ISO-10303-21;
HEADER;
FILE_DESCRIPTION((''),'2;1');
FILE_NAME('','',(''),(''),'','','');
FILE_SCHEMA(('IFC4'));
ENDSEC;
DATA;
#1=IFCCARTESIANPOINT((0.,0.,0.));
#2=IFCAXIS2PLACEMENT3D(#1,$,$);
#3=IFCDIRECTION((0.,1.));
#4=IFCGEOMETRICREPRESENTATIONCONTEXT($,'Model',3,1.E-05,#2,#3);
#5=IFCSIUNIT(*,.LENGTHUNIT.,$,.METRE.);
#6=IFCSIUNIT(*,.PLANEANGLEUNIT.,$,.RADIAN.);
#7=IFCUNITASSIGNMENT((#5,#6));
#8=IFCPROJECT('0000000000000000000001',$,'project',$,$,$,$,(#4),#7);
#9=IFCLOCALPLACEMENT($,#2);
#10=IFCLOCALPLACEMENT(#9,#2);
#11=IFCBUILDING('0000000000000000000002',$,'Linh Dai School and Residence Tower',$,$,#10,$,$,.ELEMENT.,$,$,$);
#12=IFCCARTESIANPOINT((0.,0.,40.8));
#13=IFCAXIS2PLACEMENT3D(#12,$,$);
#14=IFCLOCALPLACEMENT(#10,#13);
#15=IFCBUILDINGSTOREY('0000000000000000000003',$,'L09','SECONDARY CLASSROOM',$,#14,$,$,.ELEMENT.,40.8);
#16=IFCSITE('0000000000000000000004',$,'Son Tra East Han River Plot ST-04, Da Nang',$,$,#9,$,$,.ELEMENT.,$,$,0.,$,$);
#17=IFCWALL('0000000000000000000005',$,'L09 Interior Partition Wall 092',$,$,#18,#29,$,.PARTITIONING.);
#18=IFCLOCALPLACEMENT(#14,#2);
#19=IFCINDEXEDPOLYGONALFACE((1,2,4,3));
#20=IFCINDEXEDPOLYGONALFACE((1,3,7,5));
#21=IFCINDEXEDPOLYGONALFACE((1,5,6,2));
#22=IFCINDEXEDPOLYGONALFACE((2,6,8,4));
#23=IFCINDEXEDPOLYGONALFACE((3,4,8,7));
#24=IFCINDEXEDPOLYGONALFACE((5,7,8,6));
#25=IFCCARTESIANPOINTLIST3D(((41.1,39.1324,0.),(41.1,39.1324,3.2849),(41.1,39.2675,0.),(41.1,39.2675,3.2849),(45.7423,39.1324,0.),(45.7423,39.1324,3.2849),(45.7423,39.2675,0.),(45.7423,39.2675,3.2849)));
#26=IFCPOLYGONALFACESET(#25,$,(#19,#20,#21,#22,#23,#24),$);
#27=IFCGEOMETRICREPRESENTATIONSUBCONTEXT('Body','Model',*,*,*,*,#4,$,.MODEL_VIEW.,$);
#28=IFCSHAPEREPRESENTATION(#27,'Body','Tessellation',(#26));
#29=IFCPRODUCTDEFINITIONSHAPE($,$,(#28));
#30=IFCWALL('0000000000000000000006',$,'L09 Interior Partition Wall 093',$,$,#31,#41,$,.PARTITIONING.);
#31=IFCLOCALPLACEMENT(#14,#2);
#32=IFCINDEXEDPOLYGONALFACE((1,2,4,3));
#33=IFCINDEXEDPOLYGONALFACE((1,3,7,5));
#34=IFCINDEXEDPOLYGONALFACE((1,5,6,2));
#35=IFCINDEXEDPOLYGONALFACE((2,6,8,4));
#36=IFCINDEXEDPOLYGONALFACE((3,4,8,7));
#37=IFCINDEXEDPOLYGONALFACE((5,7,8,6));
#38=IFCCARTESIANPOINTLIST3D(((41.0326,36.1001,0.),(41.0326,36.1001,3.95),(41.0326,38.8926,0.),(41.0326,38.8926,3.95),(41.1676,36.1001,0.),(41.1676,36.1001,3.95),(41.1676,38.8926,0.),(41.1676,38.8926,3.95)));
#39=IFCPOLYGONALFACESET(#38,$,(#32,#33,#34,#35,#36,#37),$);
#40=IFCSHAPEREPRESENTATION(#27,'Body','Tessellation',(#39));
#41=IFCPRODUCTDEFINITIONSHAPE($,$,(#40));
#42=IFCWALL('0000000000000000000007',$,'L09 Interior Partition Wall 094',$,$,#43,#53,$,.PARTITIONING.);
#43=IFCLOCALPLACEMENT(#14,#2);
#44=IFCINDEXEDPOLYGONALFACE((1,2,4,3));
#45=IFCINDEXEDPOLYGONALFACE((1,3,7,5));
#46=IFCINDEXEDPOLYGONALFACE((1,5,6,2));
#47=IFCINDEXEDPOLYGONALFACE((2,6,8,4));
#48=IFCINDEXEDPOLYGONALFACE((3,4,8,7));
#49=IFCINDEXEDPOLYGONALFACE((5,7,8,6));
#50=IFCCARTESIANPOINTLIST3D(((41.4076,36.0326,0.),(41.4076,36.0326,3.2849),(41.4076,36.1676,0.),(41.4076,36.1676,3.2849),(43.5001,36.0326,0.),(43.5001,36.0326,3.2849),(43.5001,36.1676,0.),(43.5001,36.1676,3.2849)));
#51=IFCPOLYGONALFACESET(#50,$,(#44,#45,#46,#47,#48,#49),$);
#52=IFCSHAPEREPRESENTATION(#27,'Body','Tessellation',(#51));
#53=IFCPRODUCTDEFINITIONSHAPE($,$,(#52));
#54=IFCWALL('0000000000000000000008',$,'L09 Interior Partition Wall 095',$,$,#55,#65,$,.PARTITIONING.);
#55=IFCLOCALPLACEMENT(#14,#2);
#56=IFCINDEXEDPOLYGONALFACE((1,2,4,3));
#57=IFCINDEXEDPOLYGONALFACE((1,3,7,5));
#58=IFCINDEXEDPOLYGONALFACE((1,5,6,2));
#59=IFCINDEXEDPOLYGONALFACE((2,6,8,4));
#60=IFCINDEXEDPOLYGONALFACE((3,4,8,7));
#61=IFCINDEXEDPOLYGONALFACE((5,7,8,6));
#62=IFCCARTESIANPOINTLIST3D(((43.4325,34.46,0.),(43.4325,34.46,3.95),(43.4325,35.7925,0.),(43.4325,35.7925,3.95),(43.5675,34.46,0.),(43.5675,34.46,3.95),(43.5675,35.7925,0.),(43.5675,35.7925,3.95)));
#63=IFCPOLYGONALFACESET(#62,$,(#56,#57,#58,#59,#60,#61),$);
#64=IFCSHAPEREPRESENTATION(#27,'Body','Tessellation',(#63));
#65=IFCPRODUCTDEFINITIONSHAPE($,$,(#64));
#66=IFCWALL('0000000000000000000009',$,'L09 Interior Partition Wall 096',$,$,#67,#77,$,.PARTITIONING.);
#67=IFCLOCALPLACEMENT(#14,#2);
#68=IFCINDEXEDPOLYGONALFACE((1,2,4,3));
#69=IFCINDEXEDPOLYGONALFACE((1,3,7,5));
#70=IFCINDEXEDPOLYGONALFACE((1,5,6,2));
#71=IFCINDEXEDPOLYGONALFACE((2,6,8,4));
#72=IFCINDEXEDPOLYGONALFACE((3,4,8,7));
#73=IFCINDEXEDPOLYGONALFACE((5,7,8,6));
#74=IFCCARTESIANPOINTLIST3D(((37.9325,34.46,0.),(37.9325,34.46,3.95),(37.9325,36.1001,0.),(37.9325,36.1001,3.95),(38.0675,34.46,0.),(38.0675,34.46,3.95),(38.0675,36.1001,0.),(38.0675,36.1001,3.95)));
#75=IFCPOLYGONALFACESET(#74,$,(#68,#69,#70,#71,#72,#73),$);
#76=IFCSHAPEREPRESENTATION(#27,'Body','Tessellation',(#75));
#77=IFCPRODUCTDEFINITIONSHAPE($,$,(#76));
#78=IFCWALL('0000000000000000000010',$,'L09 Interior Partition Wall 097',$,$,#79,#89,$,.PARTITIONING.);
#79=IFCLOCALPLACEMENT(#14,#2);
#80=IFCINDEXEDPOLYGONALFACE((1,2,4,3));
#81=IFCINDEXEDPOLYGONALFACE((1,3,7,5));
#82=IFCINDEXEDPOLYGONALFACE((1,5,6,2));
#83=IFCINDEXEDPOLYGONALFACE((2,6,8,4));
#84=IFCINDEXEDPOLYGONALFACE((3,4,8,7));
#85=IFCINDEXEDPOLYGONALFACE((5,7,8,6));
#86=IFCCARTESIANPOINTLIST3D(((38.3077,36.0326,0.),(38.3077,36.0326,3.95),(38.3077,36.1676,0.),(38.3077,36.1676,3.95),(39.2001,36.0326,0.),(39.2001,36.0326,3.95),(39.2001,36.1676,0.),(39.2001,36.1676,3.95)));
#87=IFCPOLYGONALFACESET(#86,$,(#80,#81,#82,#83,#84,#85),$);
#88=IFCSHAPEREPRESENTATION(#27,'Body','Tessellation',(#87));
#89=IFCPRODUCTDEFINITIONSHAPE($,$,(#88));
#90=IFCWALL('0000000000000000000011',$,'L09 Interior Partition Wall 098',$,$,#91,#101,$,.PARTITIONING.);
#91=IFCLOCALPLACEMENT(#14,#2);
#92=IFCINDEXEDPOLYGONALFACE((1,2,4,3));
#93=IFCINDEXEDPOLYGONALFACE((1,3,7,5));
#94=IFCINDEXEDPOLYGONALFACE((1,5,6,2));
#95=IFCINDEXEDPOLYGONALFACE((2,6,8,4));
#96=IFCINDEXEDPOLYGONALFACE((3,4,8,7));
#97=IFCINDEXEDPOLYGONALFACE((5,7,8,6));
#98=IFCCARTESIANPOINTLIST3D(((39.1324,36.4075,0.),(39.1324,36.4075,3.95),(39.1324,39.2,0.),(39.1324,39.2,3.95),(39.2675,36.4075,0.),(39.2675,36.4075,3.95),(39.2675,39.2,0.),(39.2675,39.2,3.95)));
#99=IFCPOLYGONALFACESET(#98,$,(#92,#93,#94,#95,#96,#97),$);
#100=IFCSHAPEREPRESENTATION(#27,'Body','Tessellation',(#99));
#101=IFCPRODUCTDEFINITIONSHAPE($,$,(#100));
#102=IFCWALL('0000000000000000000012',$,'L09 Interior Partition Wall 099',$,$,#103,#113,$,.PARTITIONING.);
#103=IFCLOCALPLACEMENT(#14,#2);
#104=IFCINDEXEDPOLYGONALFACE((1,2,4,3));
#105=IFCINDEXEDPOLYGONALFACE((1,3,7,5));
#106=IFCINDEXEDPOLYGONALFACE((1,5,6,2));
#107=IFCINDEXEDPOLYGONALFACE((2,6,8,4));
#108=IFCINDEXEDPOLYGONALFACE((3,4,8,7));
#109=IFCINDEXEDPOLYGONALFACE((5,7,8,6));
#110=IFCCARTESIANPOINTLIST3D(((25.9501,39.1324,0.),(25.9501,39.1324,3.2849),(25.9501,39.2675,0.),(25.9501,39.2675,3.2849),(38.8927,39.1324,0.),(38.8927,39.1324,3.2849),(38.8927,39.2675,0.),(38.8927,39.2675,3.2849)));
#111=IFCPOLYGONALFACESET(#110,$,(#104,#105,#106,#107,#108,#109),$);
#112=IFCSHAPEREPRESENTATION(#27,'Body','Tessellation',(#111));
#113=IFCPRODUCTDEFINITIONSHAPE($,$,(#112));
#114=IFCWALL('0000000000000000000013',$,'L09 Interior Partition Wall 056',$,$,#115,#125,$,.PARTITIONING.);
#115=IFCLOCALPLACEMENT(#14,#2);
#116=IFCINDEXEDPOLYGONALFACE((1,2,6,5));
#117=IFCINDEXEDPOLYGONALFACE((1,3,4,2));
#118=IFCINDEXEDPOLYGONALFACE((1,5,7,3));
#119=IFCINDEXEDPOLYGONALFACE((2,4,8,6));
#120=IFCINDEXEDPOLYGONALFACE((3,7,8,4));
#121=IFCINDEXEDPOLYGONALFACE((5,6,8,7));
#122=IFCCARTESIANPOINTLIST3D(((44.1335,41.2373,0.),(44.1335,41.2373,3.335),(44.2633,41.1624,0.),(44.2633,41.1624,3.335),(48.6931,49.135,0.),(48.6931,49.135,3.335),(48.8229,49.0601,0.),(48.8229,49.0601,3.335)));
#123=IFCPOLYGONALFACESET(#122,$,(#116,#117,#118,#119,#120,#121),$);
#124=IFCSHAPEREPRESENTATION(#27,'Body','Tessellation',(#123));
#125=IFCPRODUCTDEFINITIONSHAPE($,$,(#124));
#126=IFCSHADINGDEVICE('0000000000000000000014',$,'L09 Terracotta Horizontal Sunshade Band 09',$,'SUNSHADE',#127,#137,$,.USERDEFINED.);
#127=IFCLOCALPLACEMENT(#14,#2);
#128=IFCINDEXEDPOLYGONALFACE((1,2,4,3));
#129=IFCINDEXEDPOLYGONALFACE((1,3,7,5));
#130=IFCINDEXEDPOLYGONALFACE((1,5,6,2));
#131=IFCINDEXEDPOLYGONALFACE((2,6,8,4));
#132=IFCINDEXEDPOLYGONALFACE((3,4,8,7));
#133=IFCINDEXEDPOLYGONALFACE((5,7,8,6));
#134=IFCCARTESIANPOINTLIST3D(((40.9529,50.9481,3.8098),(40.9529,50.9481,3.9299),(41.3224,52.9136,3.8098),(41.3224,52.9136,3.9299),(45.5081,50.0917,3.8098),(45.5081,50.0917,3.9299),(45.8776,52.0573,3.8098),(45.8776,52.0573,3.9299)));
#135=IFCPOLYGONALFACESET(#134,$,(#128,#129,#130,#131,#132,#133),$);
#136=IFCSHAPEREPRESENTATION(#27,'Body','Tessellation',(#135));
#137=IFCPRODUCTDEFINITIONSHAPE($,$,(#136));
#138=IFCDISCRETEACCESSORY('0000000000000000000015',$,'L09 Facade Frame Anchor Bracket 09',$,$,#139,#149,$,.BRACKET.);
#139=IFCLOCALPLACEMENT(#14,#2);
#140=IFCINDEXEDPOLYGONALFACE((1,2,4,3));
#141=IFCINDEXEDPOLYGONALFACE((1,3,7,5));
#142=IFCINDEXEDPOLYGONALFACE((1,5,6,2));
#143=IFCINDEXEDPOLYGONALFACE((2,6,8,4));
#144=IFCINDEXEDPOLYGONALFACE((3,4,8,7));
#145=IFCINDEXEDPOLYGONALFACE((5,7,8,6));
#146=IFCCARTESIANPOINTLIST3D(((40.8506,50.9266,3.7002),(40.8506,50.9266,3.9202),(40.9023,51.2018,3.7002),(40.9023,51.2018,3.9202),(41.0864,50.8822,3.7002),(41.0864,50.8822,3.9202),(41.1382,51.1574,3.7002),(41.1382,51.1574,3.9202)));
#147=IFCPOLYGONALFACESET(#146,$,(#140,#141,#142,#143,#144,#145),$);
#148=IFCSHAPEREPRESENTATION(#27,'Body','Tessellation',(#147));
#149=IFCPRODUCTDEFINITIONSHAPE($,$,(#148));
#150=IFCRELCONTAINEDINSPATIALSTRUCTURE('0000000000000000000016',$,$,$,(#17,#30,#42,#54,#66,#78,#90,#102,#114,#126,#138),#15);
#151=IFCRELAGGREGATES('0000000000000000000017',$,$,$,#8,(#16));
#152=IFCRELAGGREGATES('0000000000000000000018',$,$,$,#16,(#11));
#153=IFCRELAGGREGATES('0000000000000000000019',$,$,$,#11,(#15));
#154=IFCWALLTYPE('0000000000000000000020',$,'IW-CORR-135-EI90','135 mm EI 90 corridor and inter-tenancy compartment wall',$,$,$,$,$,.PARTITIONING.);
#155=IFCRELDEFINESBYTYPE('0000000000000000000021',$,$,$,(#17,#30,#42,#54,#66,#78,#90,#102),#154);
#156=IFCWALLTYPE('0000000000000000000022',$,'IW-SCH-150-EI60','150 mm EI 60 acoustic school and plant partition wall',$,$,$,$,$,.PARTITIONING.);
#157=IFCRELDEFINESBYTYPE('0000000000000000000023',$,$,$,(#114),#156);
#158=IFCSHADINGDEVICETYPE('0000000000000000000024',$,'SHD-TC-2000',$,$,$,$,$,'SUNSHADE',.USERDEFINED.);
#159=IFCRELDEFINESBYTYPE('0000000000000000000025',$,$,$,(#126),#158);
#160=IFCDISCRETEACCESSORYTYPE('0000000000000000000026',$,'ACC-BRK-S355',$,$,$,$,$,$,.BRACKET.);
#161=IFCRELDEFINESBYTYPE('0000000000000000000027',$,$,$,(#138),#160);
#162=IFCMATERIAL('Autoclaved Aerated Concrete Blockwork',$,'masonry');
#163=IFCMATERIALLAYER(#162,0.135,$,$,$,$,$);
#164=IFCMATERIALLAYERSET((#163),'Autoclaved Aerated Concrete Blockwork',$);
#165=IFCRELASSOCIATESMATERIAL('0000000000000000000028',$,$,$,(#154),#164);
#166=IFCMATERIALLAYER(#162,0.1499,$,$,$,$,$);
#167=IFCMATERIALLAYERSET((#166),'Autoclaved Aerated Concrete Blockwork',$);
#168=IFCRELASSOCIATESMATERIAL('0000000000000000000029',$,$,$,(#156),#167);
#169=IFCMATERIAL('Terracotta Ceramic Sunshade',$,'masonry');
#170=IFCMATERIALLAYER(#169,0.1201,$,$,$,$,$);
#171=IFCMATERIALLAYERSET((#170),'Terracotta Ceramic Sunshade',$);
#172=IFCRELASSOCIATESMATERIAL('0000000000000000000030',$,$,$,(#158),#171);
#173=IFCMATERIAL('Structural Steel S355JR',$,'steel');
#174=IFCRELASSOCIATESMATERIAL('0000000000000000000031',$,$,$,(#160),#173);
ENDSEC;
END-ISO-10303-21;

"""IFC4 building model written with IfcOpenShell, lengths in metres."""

from ifc_helpers import new_model, si_unit, direction, frame, frame_2d, origin, origin_2d, place, context, subcontext, project, spatial, rectangle, extrude, source, transform, mapped, material, layer, layer_set, type_object, element, save


model = new_model("IFC4")

# Units and contexts
model_context = context("Model", 3, precision=1e-05, world=origin(), true_north=direction((0.0, 1.0)))
body_context = subcontext(model_context, "Body", "Model", "MODEL_VIEW")
ifc_project = project(units=[si_unit("LENGTHUNIT", "METRE"), si_unit("PLANEANGLEUNIT", "RADIAN")], contexts=[model_context])

# Site, building, storey
site_placement = place(None, origin())
site = spatial("IfcSite", under=ifc_project, at=site_placement, Name="Son Tra East Han River Plot ST-04, Da Nang", CompositionType="ELEMENT", RefElevation=0.0)
building_placement = place(site_placement, origin())
building = spatial("IfcBuilding", under=site, at=building_placement, Name="Linh Dai School and Residence Tower", CompositionType="ELEMENT")
storey_placement = place(building_placement, frame((0.0, 0.0, 40.8)))
storey = spatial("IfcBuildingStorey", under=building, at=storey_placement, Name="L09", Description="SECONDARY CLASSROOM", CompositionType="ELEMENT", Elevation=40.8)

# Shared definitions
ifc_material_1 = material(Name="Structural Steel S355JR", Category="steel")

# Walls
ifc_material_2 = material(Name="Autoclaved Aerated Concrete Blockwork", Category="masonry")
ifc_layer_1 = layer(ifc_material_2, 0.135)
ifc_layer_set_1 = layer_set([ifc_layer_1], Name="Autoclaved Aerated Concrete Blockwork")
wall_type_1 = type_object("IfcWallType", Name="IW-CORR-135-EI90", Description="135 mm EI 90 corridor and inter-tenancy compartment wall", PredefinedType="PARTITIONING", material=ifc_layer_set_1)
wall_1_placement = place(storey_placement, frame((45.7424, 39.2, 0.0), z_axis=(0.0, 0.0, 1.0), x_axis=(-1.0, 0.0, 0.0)))
element("IfcWall", 1, at=wall_1_placement, inside=storey, type_object=wall_type_1, Name="L09 Interior Partition Wall 092", PredefinedType="PARTITIONING", context=body_context, shape_type="SweptSolid", body=[
    extrude(rectangle(XDim=4.6423, YDim=0.135, at=frame_2d((2.3213, 0.0))), origin(), (0.0, 0.0, 1.0), 3.2849),
])
wall_2_placement = place(storey_placement, frame((41.1001, 38.8926, 0.0), z_axis=(0.0, 0.0, 1.0), x_axis=(0.0, -1.0, 0.0)))
element("IfcWall", 2, at=wall_2_placement, inside=storey, type_object=wall_type_1, Name="L09 Interior Partition Wall 093", PredefinedType="PARTITIONING", context=body_context, shape_type="SweptSolid", body=[
    extrude(rectangle(XDim=2.7925, YDim=0.135, at=frame_2d((1.3962, 0.0))), origin(), (0.0, 0.0, 1.0), 3.95),
])
wall_3_placement = place(storey_placement, frame((41.4075, 36.1001, 0.0), z_axis=(0.0, 0.0, 1.0), x_axis=(1.0, 0.0, 0.0)))
element("IfcWall", 3, at=wall_3_placement, inside=storey, type_object=wall_type_1, Name="L09 Interior Partition Wall 094", PredefinedType="PARTITIONING", context=body_context, shape_type="SweptSolid", body=[
    extrude(rectangle(XDim=2.0925, YDim=0.135, at=frame_2d((1.0464, 0.0))), origin(), (0.0, 0.0, 1.0), 3.2849),
])
wall_4_placement = place(storey_placement, frame((43.5, 35.7925, 0.0), z_axis=(0.0, 0.0, 1.0), x_axis=(0.0, -1.0, 0.0)))
element("IfcWall", 4, at=wall_4_placement, inside=storey, type_object=wall_type_1, Name="L09 Interior Partition Wall 095", PredefinedType="PARTITIONING", context=body_context, shape_type="SweptSolid", body=[
    extrude(rectangle(XDim=1.3325, YDim=0.135, at=frame_2d((0.6663, 0.0))), origin(), (0.0, 0.0, 1.0), 3.95),
])
wall_5_placement = place(storey_placement, frame((38.0, 34.46, 0.0), z_axis=(0.0, 0.0, 1.0), x_axis=(0.0, 1.0, 0.0)))
element("IfcWall", 5, at=wall_5_placement, inside=storey, type_object=wall_type_1, Name="L09 Interior Partition Wall 096", PredefinedType="PARTITIONING", context=body_context, shape_type="SweptSolid", body=[
    extrude(rectangle(XDim=1.6401, YDim=0.135, at=frame_2d((0.8201, 0.0))), origin(), (0.0, 0.0, 1.0), 3.95),
])
wall_6_placement = place(storey_placement, frame((38.3076, 36.1001, 0.0), z_axis=(0.0, 0.0, 1.0), x_axis=(1.0, 0.0, 0.0)))
element("IfcWall", 6, at=wall_6_placement, inside=storey, type_object=wall_type_1, Name="L09 Interior Partition Wall 097", PredefinedType="PARTITIONING", context=body_context, shape_type="SweptSolid", body=[
    extrude(rectangle(XDim=0.8923, YDim=0.135, at=frame_2d((0.4463, 0.0))), origin(), (0.0, 0.0, 1.0), 3.95),
])
wall_7_placement = place(storey_placement, frame((39.2, 36.4075, 0.0), z_axis=(0.0, 0.0, 1.0), x_axis=(0.0, 1.0, 0.0)))
element("IfcWall", 7, at=wall_7_placement, inside=storey, type_object=wall_type_1, Name="L09 Interior Partition Wall 098", PredefinedType="PARTITIONING", context=body_context, shape_type="SweptSolid", body=[
    extrude(rectangle(XDim=2.7925, YDim=0.135, at=frame_2d((1.3962, 0.0))), origin(), (0.0, 0.0, 1.0), 3.95),
])
wall_8_placement = place(storey_placement, frame((38.8926, 39.2, 0.0), z_axis=(0.0, 0.0, 1.0), x_axis=(-1.0, 0.0, 0.0)))
element("IfcWall", 8, at=wall_8_placement, inside=storey, type_object=wall_type_1, Name="L09 Interior Partition Wall 099", PredefinedType="PARTITIONING", context=body_context, shape_type="SweptSolid", body=[
    extrude(rectangle(XDim=12.9426, YDim=0.135, at=frame_2d((6.4712, 0.0))), origin(), (0.0, 0.0, 1.0), 3.2849),
])
ifc_layer_2 = layer(ifc_material_2, 0.1499)
ifc_layer_set_2 = layer_set([ifc_layer_2], Name="Autoclaved Aerated Concrete Blockwork")
wall_type_2 = type_object("IfcWallType", Name="IW-SCH-150-EI60", Description="150 mm EI 60 acoustic school and plant partition wall", PredefinedType="PARTITIONING", material=ifc_layer_set_2)
wall_9_placement = place(storey_placement, frame((44.1985, 41.2, 0.0), z_axis=(0.0, 0.0, 1.0), x_axis=(0.499986, 0.866034, 0.0)))
element("IfcWall", 9, at=wall_9_placement, inside=storey, type_object=wall_type_2, Name="L09 Interior Partition Wall 056", PredefinedType="PARTITIONING", context=body_context, shape_type="SweptSolid", body=[
    extrude(rectangle(XDim=9.1194, YDim=0.1499, at=frame_2d((4.5596, 0.0))), origin(), (0.0, 0.0, 1.0), 3.335),
])

# Shading device
ifc_material_3 = material(Name="Terracotta Ceramic Sunshade", Category="masonry")
ifc_layer_3 = layer(ifc_material_3, 0.1201)
ifc_layer_set_3 = layer_set([ifc_layer_3], Name="Terracotta Ceramic Sunshade")
shading_device_type = type_object("IfcShadingDeviceType", Name="SHD-TC-2000", ElementType="SUNSHADE", PredefinedType="USERDEFINED", material=ifc_layer_set_3)
shared_shape_1 = source(origin(), body_context, "Body", "SweptSolid", [
    extrude(rectangle(XDim=4.635, YDim=2.0, at=origin_2d()), origin(), (0.0, 0.0, 1.0), 0.1201),
])
shading_device_placement = place(storey_placement, frame((43.4153, 51.5027, 3.8098), z_axis=(0.0, 0.0, 1.0), x_axis=(0.982786, -0.184748, 0.0)))
element("IfcShadingDevice", 10, at=shading_device_placement, inside=storey, type_object=shading_device_type, Name="L09 Terracotta Horizontal Sunshade Band 09", ObjectType="SUNSHADE", PredefinedType="USERDEFINED", context=body_context, shape_type="MappedRepresentation", body=[
    mapped(shared_shape_1, transform((0.0, 0.0, 0.0), x_axis=(1.0, 0.0, 0.0), y_axis=(0.0, 1.0, 0.0), z_axis=(0.0, 0.0, 1.0), scale=1.0)),
])

# Discrete accessory
discrete_accessory_type = type_object("IfcDiscreteAccessoryType", Name="ACC-BRK-S355", PredefinedType="BRACKET", material=ifc_material_1)
shared_shape_2 = source(origin(), body_context, "Body", "SweptSolid", [
    extrude(rectangle(XDim=0.28, YDim=0.24, at=origin_2d()), origin(), (0.0, 0.0, 1.0), 0.22),
])
discrete_accessory_placement = place(storey_placement, frame((40.9944, 51.042, 3.7002), z_axis=(0.0, 0.0, 1.0), x_axis=(0.184748, 0.982786, 0.0)))
element("IfcDiscreteAccessory", 11, at=discrete_accessory_placement, inside=storey, type_object=discrete_accessory_type, Name="L09 Facade Frame Anchor Bracket 09", PredefinedType="BRACKET", context=body_context, shape_type="MappedRepresentation", body=[
    mapped(shared_shape_2, transform((0.0, 0.0, 0.0), x_axis=(1.0, 0.0, 0.0), y_axis=(0.0, 1.0, 0.0), z_axis=(0.0, 0.0, 1.0), scale=1.0)),
])

save(model, "model.ifc")
